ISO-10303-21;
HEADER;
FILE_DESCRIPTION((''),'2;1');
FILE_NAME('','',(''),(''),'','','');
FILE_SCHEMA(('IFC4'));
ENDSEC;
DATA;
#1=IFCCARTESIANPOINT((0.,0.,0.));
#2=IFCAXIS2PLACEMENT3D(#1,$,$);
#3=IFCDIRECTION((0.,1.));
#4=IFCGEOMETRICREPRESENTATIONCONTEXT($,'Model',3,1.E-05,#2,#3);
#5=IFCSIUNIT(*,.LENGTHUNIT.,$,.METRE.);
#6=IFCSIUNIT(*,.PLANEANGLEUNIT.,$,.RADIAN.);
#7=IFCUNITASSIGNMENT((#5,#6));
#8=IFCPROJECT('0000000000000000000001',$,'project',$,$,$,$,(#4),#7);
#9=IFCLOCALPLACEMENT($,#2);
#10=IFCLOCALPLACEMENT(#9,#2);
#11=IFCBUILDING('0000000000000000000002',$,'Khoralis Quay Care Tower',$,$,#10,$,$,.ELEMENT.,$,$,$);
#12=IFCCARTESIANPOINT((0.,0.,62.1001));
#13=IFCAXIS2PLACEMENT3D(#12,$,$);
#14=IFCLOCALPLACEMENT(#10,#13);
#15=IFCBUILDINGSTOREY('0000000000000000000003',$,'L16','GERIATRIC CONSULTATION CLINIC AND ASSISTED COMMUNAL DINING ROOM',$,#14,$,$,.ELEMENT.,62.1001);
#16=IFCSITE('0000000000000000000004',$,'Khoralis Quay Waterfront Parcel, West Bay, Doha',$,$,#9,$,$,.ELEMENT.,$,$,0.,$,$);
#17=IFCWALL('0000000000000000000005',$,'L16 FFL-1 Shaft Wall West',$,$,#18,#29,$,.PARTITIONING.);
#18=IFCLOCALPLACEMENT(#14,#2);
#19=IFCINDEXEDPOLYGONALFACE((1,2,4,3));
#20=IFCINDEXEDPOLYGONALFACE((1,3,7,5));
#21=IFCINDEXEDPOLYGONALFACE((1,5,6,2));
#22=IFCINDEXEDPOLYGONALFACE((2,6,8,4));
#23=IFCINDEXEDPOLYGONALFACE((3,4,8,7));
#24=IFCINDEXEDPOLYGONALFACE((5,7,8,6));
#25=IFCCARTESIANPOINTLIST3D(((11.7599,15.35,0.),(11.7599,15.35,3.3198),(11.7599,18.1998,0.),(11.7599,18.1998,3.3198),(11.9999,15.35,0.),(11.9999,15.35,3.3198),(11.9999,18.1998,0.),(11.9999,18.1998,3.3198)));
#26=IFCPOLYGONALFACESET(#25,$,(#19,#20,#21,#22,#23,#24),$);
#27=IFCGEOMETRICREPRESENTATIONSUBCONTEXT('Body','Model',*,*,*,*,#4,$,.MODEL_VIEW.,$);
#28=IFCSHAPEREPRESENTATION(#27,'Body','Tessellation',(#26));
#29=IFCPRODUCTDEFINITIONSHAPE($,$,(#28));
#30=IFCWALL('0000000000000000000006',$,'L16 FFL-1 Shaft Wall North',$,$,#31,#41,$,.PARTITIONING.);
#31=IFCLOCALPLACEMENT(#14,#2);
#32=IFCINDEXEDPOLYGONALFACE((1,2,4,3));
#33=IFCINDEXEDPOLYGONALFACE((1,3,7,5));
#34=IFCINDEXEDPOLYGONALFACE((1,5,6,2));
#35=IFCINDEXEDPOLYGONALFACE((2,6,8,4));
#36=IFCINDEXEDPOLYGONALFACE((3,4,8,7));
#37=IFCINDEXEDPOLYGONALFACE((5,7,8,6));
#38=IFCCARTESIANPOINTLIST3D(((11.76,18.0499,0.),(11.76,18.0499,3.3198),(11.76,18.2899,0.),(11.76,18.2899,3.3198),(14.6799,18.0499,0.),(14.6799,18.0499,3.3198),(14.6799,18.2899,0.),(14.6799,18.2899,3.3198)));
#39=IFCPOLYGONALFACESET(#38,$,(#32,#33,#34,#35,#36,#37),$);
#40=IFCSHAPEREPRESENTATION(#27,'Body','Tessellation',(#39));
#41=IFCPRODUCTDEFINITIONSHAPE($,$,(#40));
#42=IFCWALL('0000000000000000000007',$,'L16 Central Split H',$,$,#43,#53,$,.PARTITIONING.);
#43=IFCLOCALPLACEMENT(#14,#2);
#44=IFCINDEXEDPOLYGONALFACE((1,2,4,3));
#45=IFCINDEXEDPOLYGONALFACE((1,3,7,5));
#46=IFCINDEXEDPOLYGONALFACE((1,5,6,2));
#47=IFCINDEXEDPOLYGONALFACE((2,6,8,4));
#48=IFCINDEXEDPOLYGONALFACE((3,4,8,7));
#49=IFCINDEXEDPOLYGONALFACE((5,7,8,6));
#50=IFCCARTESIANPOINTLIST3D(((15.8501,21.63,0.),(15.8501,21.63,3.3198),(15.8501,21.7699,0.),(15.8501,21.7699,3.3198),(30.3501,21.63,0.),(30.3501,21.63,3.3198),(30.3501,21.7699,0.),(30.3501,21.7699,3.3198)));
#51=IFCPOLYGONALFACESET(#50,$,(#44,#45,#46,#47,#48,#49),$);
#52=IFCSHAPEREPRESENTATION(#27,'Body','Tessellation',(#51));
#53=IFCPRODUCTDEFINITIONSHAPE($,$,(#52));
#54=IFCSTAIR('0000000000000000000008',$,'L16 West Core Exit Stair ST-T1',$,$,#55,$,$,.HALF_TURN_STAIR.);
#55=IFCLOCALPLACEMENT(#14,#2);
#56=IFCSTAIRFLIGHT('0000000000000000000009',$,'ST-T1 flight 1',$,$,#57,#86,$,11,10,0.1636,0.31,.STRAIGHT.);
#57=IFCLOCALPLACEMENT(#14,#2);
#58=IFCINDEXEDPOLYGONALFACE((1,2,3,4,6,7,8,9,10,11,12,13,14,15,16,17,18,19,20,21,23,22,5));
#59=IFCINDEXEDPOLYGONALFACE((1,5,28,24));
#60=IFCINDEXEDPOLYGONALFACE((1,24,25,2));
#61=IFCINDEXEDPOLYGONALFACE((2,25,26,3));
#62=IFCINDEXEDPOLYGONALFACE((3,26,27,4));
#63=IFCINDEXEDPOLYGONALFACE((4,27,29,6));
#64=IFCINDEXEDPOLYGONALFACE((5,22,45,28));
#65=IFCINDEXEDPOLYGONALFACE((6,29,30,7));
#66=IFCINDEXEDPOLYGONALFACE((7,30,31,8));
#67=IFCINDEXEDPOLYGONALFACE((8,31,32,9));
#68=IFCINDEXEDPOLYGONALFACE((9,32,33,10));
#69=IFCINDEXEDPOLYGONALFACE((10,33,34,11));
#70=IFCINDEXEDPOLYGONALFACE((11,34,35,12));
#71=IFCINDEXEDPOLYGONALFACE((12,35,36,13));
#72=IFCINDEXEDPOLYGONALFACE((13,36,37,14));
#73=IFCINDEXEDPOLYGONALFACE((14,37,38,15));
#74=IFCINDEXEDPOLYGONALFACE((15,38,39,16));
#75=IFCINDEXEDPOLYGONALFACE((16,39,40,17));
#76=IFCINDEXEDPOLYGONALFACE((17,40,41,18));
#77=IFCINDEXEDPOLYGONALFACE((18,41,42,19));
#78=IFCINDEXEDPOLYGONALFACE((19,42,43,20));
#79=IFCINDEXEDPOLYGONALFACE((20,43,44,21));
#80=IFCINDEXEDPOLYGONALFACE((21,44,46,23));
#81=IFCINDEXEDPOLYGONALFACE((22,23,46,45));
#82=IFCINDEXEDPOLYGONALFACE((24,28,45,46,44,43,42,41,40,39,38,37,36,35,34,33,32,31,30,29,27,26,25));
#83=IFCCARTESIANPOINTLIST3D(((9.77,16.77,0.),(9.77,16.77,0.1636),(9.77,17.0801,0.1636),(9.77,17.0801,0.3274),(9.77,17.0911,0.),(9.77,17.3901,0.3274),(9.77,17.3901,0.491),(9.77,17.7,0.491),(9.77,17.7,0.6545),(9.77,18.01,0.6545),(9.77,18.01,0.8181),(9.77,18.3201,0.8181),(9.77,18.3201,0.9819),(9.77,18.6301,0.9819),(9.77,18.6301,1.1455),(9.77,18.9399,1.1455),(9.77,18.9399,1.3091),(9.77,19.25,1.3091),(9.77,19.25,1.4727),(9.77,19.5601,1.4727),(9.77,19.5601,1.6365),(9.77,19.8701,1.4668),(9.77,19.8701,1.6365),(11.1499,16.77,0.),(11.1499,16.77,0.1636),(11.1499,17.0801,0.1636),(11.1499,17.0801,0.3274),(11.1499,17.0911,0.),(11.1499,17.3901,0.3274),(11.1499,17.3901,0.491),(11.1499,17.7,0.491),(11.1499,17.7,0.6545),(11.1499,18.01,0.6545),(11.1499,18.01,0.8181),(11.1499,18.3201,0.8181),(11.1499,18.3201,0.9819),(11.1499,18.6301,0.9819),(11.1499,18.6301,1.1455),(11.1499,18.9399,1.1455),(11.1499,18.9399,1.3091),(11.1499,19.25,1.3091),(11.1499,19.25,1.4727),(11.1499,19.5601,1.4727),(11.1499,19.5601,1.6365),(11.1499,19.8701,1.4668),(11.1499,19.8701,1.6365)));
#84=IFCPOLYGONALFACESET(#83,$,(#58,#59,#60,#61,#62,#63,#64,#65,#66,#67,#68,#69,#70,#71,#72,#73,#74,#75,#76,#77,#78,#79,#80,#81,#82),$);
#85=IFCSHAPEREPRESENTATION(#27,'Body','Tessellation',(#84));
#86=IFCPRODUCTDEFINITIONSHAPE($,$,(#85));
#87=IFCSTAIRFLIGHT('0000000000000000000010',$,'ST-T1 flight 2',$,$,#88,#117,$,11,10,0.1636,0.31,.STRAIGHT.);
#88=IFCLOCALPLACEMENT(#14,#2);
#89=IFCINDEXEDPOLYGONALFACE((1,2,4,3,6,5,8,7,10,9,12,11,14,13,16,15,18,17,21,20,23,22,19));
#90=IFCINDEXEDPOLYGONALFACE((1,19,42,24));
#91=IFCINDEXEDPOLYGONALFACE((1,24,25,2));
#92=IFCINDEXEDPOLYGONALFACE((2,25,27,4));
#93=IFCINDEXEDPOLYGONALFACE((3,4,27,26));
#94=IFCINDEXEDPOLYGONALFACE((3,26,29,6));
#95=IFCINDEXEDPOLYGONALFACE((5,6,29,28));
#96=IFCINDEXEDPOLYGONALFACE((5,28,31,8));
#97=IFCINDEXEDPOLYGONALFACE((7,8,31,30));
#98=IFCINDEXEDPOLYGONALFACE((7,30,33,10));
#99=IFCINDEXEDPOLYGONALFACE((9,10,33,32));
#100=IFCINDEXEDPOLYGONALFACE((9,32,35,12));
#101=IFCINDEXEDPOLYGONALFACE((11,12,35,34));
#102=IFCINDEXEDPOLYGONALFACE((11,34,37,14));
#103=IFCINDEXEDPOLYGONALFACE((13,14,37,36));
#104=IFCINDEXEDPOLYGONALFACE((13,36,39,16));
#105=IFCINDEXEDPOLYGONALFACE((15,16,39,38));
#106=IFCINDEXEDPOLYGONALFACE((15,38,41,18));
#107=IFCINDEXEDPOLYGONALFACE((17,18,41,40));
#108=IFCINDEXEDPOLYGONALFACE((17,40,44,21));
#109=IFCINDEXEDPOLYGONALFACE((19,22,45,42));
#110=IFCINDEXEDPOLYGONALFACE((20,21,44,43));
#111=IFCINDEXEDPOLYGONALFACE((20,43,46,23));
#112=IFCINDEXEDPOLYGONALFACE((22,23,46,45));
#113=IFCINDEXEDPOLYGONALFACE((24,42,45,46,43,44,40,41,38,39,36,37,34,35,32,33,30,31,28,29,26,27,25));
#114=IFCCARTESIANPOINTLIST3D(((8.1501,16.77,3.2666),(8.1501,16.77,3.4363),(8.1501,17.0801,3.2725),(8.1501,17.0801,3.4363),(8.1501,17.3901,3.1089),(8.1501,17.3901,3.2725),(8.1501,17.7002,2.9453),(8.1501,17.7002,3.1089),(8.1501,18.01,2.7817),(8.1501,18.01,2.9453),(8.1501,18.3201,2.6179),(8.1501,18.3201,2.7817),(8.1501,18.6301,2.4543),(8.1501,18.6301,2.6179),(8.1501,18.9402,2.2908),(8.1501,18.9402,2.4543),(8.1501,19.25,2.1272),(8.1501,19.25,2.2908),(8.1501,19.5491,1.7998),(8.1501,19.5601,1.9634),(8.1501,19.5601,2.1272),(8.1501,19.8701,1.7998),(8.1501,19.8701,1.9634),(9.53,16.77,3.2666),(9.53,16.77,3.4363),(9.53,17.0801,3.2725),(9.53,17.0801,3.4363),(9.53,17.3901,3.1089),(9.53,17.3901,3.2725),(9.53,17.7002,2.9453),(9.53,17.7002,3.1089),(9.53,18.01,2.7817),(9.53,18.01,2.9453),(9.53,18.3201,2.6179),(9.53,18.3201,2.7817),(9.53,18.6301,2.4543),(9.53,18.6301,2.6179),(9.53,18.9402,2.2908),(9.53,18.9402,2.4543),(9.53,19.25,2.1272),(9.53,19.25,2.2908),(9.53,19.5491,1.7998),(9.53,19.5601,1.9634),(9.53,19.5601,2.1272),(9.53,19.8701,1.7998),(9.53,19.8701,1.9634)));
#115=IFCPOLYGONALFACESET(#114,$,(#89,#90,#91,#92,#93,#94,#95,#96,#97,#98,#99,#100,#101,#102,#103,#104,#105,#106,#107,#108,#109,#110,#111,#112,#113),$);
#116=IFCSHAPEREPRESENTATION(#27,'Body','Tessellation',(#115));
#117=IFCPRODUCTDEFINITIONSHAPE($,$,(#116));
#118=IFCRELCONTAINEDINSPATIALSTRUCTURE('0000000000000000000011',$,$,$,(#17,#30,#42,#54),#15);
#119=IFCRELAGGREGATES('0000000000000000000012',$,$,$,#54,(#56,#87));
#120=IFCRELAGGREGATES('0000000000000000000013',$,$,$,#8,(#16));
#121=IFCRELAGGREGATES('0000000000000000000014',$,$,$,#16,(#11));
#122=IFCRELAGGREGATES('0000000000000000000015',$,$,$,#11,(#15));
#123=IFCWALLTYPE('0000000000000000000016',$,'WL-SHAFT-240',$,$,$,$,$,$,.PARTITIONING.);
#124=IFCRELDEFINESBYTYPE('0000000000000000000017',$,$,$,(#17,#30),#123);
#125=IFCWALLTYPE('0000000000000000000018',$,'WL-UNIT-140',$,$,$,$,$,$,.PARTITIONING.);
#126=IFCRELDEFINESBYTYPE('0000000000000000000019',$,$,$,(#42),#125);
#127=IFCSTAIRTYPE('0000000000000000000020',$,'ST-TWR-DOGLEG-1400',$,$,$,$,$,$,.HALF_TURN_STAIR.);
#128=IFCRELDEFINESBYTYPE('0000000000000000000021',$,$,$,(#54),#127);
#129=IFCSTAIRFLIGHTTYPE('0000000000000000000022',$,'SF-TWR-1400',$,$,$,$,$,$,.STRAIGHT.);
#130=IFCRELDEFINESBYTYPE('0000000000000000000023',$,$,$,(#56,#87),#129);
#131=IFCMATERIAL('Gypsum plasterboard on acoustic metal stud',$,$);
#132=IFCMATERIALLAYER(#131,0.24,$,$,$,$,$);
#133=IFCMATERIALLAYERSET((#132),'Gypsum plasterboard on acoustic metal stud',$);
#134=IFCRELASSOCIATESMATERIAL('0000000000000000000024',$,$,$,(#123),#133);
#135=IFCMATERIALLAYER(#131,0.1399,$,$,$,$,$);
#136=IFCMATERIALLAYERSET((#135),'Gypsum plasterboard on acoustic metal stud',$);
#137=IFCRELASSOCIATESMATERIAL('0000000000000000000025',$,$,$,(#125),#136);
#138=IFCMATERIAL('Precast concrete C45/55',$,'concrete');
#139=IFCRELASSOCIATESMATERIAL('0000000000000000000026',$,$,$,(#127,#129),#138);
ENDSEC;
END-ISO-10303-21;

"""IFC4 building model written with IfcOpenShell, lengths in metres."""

from ifc_helpers import new_model, si_unit, direction, frame, frame_2d, origin, place, context, subcontext, project, spatial, polyline, rectangle, outline, extrude, source, transform, mapped, material, layer, layer_set, type_object, element, aggregate, save


model = new_model("IFC4")

# Units and contexts
model_context = context("Model", 3, precision=1e-05, world=origin(), true_north=direction((0.0, 1.0)))
body_context = subcontext(model_context, "Body", "Model", "MODEL_VIEW")
ifc_project = project(units=[si_unit("LENGTHUNIT", "METRE"), si_unit("PLANEANGLEUNIT", "RADIAN")], contexts=[model_context])

# Site, building, storey
site_placement = place(None, origin())
site = spatial("IfcSite", under=ifc_project, at=site_placement, Name="Khoralis Quay Waterfront Parcel, West Bay, Doha", CompositionType="ELEMENT", RefElevation=0.0)
building_placement = place(site_placement, origin())
building = spatial("IfcBuilding", under=site, at=building_placement, Name="Khoralis Quay Care Tower", CompositionType="ELEMENT")
storey_placement = place(building_placement, frame((0.0, 0.0, 62.1001)))
storey = spatial("IfcBuildingStorey", under=building, at=storey_placement, Name="L16", Description="GERIATRIC CONSULTATION CLINIC AND ASSISTED COMMUNAL DINING ROOM", CompositionType="ELEMENT", Elevation=62.1001)

# Shared definitions
ifc_material_1 = material(Name="Gypsum plasterboard on acoustic metal stud")

# Walls
ifc_layer_1 = layer(ifc_material_1, 0.24)
ifc_layer_set_1 = layer_set([ifc_layer_1], Name="Gypsum plasterboard on acoustic metal stud")
wall_type_1 = type_object("IfcWallType", Name="WL-SHAFT-240", PredefinedType="PARTITIONING", material=ifc_layer_set_1)
wall_1_placement = place(storey_placement, frame((11.8799, 15.3501, 0.0), z_axis=(0.0, 0.0, 1.0), x_axis=(0.0, 1.0, 0.0)))
element("IfcWall", 1, at=wall_1_placement, inside=storey, type_object=wall_type_1, Name="L16 FFL-1 Shaft Wall West", PredefinedType="PARTITIONING", context=body_context, shape_type="SweptSolid", body=[
    extrude(rectangle(XDim=2.8499, YDim=0.24, at=frame_2d((1.4248, 0.0))), origin(), (0.0, 0.0, 1.0), 3.3198),
])
wall_2_placement = place(storey_placement, frame((11.76, 18.1699, 0.0), z_axis=(0.0, 0.0, 1.0), x_axis=(1.0, 0.0, 0.0)))
element("IfcWall", 2, at=wall_2_placement, inside=storey, type_object=wall_type_1, Name="L16 FFL-1 Shaft Wall North", PredefinedType="PARTITIONING", context=body_context, shape_type="SweptSolid", body=[
    extrude(rectangle(XDim=2.9199, YDim=0.24, at=frame_2d((1.46, 0.0))), origin(), (0.0, 0.0, 1.0), 3.3198),
])
ifc_layer_2 = layer(ifc_material_1, 0.1399)
ifc_layer_set_2 = layer_set([ifc_layer_2], Name="Gypsum plasterboard on acoustic metal stud")
wall_type_2 = type_object("IfcWallType", Name="WL-UNIT-140", PredefinedType="PARTITIONING", material=ifc_layer_set_2)
wall_3_placement = place(storey_placement, frame((15.8501, 21.7, 0.0), z_axis=(0.0, 0.0, 1.0), x_axis=(1.0, 0.0, 0.0)))
element("IfcWall", 3, at=wall_3_placement, inside=storey, type_object=wall_type_2, Name="L16 Central Split H", PredefinedType="PARTITIONING", context=body_context, shape_type="SweptSolid", body=[
    extrude(rectangle(XDim=14.5, YDim=0.1399, at=frame_2d((7.25, 0.0))), origin(), (0.0, 0.0, 1.0), 3.3198),
])

# Stair, stair flights
ifc_material_2 = material(Name="Precast concrete C45/55", Category="concrete")
stair_type = type_object("IfcStairType", Name="ST-TWR-DOGLEG-1400", PredefinedType="HALF_TURN_STAIR", material=ifc_material_2)
stair_placement = place(storey_placement, origin())
stair = element("IfcStair", 4, at=stair_placement, inside=storey, type_object=stair_type, Name="L16 West Core Exit Stair ST-T1", PredefinedType="HALF_TURN_STAIR")
stair_flight_type = type_object("IfcStairFlightType", Name="SF-TWR-1400", PredefinedType="STRAIGHT", material=ifc_material_2)
shared_shape_1 = source(origin(), body_context, "Body", "SweptSolid", [
    extrude(outline(polyline([(0.0, 0.0), (0.0, 0.1636), (0.3101, 0.1636), (0.3101, 0.3274), (0.6201, 0.3274), (0.6201, 0.491), (0.9299, 0.491), (0.9299, 0.6545), (1.24, 0.6545), (1.24, 0.8181), (1.55, 0.8181), (1.55, 0.9819), (1.8601, 0.9819), (1.8601, 1.1455), (2.1699, 1.1455), (2.1699, 1.3091), (2.48, 1.3091), (2.48, 1.4727), (2.79, 1.4727), (2.79, 1.6365), (3.1001, 1.6365), (3.1001, 1.8), (3.1001, 1.4668), (0.321, 0.0), (0.0, 0.0)])), frame((0.0, 0.6899, 0.0), z_axis=(0.0, -1.0, 0.0), x_axis=(1.0, 0.0, 0.0)), (0.0, 0.0, 1.0), 1.3799),
])
stair_flight_1_placement = place(storey_placement, frame((10.46, 16.77, 0.0), z_axis=(0.0, 0.0, 1.0), x_axis=(0.0, 1.0, 0.0)))
stair_flight_1 = element("IfcStairFlight", 5, at=stair_flight_1_placement, type_object=stair_flight_type, Name="ST-T1 flight 1", NumberOfRisers=11, NumberOfTreads=10, PredefinedType="STRAIGHT", RiserHeight=0.1636, TreadLength=0.31, context=body_context, shape_type="MappedRepresentation", body=[
    mapped(shared_shape_1, transform((0.0, 0.0, 0.0), scale=1.0)),
])
stair_flight_2_placement = place(storey_placement, frame((8.8401, 19.8701, 1.7998), z_axis=(0.0, 0.0, 1.0), x_axis=(0.0, -1.0, 0.0)))
stair_flight_2 = element("IfcStairFlight", 6, at=stair_flight_2_placement, type_object=stair_flight_type, Name="ST-T1 flight 2", NumberOfRisers=11, NumberOfTreads=10, PredefinedType="STRAIGHT", RiserHeight=0.1636, TreadLength=0.31, context=body_context, shape_type="MappedRepresentation", body=[
    mapped(shared_shape_1, transform((0.0, 0.0, 0.0), scale=1.0)),
])
aggregate(stair, [stair_flight_1, stair_flight_2])

save(model, "model.ifc")
